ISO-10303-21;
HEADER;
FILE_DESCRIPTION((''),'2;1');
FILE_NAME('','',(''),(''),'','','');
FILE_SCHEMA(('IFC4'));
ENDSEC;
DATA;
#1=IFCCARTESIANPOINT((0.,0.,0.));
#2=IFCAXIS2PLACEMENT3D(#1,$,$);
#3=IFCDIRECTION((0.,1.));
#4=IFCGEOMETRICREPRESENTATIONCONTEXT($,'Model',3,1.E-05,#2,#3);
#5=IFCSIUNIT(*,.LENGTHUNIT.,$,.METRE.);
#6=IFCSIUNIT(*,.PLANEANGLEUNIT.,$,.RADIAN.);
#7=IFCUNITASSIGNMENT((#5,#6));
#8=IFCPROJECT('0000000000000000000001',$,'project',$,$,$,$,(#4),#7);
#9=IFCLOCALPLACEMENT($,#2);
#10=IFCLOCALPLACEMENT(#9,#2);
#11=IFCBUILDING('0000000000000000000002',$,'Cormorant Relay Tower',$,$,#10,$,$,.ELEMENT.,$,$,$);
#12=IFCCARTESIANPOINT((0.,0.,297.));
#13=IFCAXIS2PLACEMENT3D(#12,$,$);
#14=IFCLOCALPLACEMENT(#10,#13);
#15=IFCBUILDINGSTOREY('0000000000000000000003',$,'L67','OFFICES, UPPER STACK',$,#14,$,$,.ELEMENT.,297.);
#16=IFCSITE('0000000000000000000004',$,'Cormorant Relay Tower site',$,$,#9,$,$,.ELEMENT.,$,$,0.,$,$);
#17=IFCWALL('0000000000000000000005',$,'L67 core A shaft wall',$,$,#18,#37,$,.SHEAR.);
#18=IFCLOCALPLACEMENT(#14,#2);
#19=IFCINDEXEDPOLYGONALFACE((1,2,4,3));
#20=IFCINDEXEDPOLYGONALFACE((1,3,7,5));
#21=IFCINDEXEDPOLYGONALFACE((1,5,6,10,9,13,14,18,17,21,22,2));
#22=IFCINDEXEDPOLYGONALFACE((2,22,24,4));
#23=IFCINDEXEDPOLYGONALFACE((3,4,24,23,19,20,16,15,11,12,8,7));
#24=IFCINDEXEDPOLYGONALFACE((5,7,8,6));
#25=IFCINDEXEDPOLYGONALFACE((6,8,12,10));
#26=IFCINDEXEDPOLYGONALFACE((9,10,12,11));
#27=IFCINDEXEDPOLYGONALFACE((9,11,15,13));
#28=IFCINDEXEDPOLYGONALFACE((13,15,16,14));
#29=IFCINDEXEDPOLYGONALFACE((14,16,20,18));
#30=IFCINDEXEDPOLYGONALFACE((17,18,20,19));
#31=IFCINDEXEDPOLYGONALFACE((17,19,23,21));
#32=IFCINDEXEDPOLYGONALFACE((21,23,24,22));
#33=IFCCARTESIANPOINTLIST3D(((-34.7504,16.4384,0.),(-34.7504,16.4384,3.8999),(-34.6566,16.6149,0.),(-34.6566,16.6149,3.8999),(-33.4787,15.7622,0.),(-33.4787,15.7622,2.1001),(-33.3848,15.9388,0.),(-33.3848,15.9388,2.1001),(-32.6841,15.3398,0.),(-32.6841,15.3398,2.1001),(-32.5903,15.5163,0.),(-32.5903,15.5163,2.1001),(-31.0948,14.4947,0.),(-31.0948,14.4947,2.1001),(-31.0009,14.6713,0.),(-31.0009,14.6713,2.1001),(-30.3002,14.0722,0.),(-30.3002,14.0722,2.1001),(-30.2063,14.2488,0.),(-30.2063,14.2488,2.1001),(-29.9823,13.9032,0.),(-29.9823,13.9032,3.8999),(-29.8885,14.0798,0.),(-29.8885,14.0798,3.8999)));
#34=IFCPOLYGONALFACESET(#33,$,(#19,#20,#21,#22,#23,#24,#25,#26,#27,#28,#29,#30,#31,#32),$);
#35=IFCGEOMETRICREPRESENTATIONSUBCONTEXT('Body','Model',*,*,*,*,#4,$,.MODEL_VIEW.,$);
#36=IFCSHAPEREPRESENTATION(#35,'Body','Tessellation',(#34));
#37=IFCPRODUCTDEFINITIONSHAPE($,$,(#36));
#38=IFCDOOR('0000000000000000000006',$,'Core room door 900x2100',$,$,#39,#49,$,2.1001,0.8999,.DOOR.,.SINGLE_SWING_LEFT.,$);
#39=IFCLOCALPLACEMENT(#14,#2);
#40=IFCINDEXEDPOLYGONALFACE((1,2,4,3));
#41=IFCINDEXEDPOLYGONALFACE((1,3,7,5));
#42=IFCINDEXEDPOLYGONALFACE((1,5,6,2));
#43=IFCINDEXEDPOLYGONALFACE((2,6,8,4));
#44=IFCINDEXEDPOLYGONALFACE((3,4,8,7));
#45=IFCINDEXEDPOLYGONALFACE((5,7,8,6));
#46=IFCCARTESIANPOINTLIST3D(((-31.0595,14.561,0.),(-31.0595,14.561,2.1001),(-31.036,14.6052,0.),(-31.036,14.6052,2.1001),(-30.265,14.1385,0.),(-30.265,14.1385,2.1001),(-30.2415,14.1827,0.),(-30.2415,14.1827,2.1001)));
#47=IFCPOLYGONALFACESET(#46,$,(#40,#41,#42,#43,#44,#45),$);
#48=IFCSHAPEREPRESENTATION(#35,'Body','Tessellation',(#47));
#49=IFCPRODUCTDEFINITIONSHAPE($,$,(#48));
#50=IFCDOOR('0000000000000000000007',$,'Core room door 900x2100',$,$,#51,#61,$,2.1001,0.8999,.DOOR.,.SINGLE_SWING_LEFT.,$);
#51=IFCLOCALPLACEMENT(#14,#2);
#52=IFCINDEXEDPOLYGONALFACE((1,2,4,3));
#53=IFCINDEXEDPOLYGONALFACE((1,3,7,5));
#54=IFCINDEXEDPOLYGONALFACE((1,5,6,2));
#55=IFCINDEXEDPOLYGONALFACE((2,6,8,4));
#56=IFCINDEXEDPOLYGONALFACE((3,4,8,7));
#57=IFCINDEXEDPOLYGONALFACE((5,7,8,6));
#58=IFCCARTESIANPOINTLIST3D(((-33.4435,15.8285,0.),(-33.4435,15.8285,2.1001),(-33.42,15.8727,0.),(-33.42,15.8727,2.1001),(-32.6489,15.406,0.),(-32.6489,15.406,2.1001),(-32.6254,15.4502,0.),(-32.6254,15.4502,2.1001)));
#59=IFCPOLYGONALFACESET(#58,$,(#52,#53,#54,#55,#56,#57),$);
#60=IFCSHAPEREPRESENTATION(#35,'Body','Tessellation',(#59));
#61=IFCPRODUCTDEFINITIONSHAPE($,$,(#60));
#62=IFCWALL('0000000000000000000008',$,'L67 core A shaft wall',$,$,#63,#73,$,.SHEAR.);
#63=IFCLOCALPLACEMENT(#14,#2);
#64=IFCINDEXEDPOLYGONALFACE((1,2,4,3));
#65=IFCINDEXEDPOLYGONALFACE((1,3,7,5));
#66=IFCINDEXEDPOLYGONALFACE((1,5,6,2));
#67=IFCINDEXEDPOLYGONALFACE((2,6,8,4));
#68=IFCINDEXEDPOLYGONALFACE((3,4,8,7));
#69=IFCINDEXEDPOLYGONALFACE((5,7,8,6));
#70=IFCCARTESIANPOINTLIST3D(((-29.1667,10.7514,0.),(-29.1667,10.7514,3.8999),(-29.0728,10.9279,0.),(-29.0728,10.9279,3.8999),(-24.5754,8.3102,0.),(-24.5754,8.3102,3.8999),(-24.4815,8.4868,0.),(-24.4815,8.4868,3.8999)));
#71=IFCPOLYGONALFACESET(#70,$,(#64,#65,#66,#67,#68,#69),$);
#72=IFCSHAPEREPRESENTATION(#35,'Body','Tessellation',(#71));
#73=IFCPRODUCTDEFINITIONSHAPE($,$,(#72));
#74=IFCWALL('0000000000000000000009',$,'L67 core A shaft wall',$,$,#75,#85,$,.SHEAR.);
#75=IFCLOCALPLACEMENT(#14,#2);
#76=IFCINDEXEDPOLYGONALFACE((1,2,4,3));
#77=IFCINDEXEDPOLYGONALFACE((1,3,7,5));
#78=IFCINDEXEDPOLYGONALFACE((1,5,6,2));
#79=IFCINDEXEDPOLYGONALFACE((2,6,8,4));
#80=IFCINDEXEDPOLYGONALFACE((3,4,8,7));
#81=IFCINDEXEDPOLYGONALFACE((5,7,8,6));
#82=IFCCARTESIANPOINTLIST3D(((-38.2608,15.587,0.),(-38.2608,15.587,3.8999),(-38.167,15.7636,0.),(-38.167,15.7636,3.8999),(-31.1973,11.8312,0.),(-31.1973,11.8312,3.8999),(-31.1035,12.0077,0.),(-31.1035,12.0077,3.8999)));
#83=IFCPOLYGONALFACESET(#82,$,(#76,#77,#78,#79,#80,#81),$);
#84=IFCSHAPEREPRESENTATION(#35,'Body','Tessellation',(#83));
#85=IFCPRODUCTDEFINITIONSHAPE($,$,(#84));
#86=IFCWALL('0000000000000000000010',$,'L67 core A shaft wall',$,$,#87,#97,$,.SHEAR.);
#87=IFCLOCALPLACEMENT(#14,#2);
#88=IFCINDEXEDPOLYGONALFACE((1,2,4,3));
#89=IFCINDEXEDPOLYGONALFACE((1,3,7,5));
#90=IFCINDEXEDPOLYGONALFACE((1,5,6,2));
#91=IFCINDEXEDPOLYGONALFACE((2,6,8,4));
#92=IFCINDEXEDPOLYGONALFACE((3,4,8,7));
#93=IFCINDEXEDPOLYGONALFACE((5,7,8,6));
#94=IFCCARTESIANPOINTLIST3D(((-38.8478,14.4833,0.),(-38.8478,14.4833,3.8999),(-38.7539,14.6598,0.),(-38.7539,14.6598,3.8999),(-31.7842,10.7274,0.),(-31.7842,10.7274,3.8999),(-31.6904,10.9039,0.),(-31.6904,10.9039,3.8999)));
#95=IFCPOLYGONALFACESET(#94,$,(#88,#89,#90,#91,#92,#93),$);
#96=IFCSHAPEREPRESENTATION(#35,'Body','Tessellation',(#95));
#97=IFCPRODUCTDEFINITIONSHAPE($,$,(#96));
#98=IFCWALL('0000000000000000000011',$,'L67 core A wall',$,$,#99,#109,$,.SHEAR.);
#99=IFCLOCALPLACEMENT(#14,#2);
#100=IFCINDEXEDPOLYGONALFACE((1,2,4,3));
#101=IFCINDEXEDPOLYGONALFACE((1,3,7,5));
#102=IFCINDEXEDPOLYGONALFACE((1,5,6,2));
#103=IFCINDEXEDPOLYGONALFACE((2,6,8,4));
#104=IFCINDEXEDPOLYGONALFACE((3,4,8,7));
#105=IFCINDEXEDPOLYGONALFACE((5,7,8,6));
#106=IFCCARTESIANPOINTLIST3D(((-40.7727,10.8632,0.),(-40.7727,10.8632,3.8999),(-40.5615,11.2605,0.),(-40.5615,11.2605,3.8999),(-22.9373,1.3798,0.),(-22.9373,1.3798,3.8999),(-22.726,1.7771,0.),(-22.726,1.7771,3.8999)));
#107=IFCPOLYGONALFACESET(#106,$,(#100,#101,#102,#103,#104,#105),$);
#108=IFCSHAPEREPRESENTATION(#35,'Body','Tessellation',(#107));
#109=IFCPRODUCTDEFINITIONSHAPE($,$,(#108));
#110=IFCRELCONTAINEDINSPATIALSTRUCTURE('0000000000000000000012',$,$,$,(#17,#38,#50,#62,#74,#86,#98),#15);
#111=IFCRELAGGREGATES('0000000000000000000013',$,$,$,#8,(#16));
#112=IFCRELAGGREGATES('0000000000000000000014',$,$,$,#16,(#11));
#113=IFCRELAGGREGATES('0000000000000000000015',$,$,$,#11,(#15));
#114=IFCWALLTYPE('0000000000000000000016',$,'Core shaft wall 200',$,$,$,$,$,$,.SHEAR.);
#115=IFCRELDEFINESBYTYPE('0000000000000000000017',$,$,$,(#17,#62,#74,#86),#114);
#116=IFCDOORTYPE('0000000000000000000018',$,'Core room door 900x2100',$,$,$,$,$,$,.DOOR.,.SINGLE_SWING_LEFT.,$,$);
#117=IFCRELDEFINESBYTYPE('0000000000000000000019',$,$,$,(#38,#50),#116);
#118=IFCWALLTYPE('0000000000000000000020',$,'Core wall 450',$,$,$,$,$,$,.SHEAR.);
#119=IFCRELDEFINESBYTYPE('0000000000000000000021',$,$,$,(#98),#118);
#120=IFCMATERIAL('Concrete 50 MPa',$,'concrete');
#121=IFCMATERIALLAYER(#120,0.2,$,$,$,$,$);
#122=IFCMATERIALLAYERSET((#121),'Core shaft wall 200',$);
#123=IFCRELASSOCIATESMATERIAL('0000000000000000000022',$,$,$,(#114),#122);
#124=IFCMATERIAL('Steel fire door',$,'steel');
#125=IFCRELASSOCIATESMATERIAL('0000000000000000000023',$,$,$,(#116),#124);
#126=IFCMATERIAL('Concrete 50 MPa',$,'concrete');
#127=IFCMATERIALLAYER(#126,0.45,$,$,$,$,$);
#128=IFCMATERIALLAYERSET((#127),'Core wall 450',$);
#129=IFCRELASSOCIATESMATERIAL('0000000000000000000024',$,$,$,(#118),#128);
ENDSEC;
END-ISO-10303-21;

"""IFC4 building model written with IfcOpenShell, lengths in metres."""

from ifc_helpers import new_model, si_unit, direction, frame, frame_2d, origin, place, context, subcontext, project, spatial, rectangle, extrude, material, layer, layer_set, type_object, element, fill, save


model = new_model("IFC4")

# Units and contexts
model_context = context("Model", 3, precision=1e-05, world=origin(), true_north=direction((0.0, 1.0)))
body_context = subcontext(model_context, "Body", "Model", "MODEL_VIEW")
ifc_project = project(units=[si_unit("LENGTHUNIT", "METRE"), si_unit("PLANEANGLEUNIT", "RADIAN")], contexts=[model_context])

# Site, building, storey
site_placement = place(None, origin())
site = spatial("IfcSite", under=ifc_project, at=site_placement, Name="Cormorant Relay Tower site", CompositionType="ELEMENT", RefElevation=0.0)
building_placement = place(site_placement, origin())
building = spatial("IfcBuilding", under=site, at=building_placement, Name="Cormorant Relay Tower", CompositionType="ELEMENT")
storey_placement = place(building_placement, frame((0.0, 0.0, 297.0)))
storey = spatial("IfcBuildingStorey", under=building, at=storey_placement, Name="L67", Description="OFFICES, UPPER STACK", CompositionType="ELEMENT", Elevation=297.0)

# Shared definitions
ifc_material_1 = material(Name="Concrete 50 MPa", Category="concrete")
ifc_layer_1 = layer(ifc_material_1, 0.2)
ifc_layer_set_1 = layer_set([ifc_layer_1], Name="Core shaft wall 200")
wall_type_1 = type_object("IfcWallType", Name="Core shaft wall 200", PredefinedType="SHEAR", material=ifc_layer_set_1)

# Shared definitions
ifc_material_2 = material(Name="Steel fire door", Category="steel")
door_type_1 = type_object("IfcDoorType", Name="Core room door 900x2100", OperationType="SINGLE_SWING_LEFT", PredefinedType="DOOR", material=ifc_material_2)

# Wall, openings, doors
wall_1_placement = place(storey_placement, frame((-29.9353, 13.9915, 0.0), z_axis=(0.0, 0.0, 1.0), x_axis=(-0.882953, 0.469462, 0.0)))
wall_1 = element("IfcWall", 1, at=wall_1_placement, inside=storey, type_object=wall_type_1, Name="L67 core A shaft wall", PredefinedType="SHEAR", context=body_context, shape_type="SweptSolid", body=[
    extrude(rectangle(XDim=5.4001, YDim=0.2, at=frame_2d((2.7002, 0.0))), origin(), (0.0, 0.0, 1.0), 3.8999),
])
opening_1_placement = place(wall_1_placement, frame((0.3601, 0.0, 0.0)))
opening_1 = element("IfcOpeningElement", 2, at=opening_1_placement, cuts=wall_1, PredefinedType="OPENING", context=body_context, shape_type="SweptSolid", body=[
    extrude(rectangle(XDim=0.8999, YDim=2.1001, at=frame_2d((0.45, 1.05))), frame((0.0, 0.1099, 0.0), z_axis=(0.0, -1.0, 0.0), x_axis=(1.0, 0.0, 0.0)), (0.0, 0.0, 1.0), 0.22),
])
opening_2_placement = place(wall_1_placement, frame((3.0601, 0.0, 0.0)))
opening_2 = element("IfcOpeningElement", 3, at=opening_2_placement, cuts=wall_1, PredefinedType="OPENING", context=body_context, shape_type="SweptSolid", body=[
    extrude(rectangle(XDim=0.8999, YDim=2.1001, at=frame_2d((0.45, 1.05))), frame((0.0, 0.1099, 0.0), z_axis=(0.0, -1.0, 0.0), x_axis=(1.0, 0.0, 0.0)), (0.0, 0.0, 1.0), 0.22),
])
door_1_placement = place(opening_1_placement, origin())
door_1 = element("IfcDoor", 4, at=door_1_placement, inside=storey, type_object=door_type_1, Name="Core room door 900x2100", OperationType="SINGLE_SWING_LEFT", OverallHeight=2.1001, OverallWidth=0.8999, PredefinedType="DOOR", context=body_context, shape_type="SweptSolid", body=[
    extrude(rectangle(XDim=0.8999, YDim=2.1001, at=frame_2d((0.45, 1.05))), frame((0.0, 0.0249, 0.0), z_axis=(0.0, -1.0, 0.0), x_axis=(1.0, 0.0, 0.0)), (0.0, 0.0, 1.0), 0.05),
])
fill(opening_1, door_1)
door_2_placement = place(opening_2_placement, origin())
door_2 = element("IfcDoor", 5, at=door_2_placement, inside=storey, type_object=door_type_1, Name="Core room door 900x2100", OperationType="SINGLE_SWING_LEFT", OverallHeight=2.1001, OverallWidth=0.8999, PredefinedType="DOOR", context=body_context, shape_type="SweptSolid", body=[
    extrude(rectangle(XDim=0.8999, YDim=2.1001, at=frame_2d((0.45, 1.05))), frame((0.0, 0.0249, 0.0), z_axis=(0.0, -1.0, 0.0), x_axis=(1.0, 0.0, 0.0)), (0.0, 0.0, 1.0), 0.05),
])
fill(opening_2, door_2)

# Walls
wall_2_placement = place(storey_placement, frame((-24.5283, 8.3984, 0.0), z_axis=(0.0, 0.0, 1.0), x_axis=(-0.882954, 0.46946, 0.0)))
element("IfcWall", 6, at=wall_2_placement, inside=storey, type_object=wall_type_1, Name="L67 core A shaft wall", PredefinedType="SHEAR", context=body_context, shape_type="SweptSolid", body=[
    extrude(rectangle(XDim=5.2, YDim=0.2, at=frame_2d((2.6001, 0.0))), origin(), (0.0, 0.0, 1.0), 3.8999),
])
for number, where, z_axis, x_axis, name in (
    (7, (-31.1504, 11.9194, 0.0), (0.0, 0.0, 1.0), (-0.88294, 0.469485, 0.0), "L67 core A shaft wall"),
    (8, (-31.7373, 10.8157, 0.0), (0.0, 0.0, 1.0), (-0.88294, 0.469485, 0.0), "L67 core A shaft wall"),
):
    element("IfcWall", number, at=place(storey_placement, frame(where, z_axis=z_axis, x_axis=x_axis)), inside=storey, type_object=wall_type_1, Name=name, PredefinedType="SHEAR", context=body_context, shape_type="SweptSolid", body=[
        extrude(rectangle(XDim=8.0, YDim=0.2, at=frame_2d((4.0, 0.0))), origin(), (0.0, 0.0, 1.0), 3.8999),
    ])
ifc_material_3 = material(Name="Concrete 50 MPa", Category="concrete")
ifc_layer_2 = layer(ifc_material_3, 0.45)
ifc_layer_set_2 = layer_set([ifc_layer_2], Name="Core wall 450")
wall_type_2 = type_object("IfcWallType", Name="Core wall 450", PredefinedType="SHEAR", material=ifc_layer_set_2)
wall_3_placement = place(storey_placement, frame((-22.8315, 1.5784, 0.0), z_axis=(0.0, 0.0, 1.0), x_axis=(-0.882945, 0.469476, 0.0)))
element("IfcWall", 9, at=wall_3_placement, inside=storey, type_object=wall_type_2, Name="L67 core A wall", PredefinedType="SHEAR", context=body_context, shape_type="SweptSolid", body=[
    extrude(rectangle(XDim=20.2, YDim=0.45, at=frame_2d((10.1001, 0.0))), origin(), (0.0, 0.0, 1.0), 3.8999),
])

save(model, "model.ifc")
